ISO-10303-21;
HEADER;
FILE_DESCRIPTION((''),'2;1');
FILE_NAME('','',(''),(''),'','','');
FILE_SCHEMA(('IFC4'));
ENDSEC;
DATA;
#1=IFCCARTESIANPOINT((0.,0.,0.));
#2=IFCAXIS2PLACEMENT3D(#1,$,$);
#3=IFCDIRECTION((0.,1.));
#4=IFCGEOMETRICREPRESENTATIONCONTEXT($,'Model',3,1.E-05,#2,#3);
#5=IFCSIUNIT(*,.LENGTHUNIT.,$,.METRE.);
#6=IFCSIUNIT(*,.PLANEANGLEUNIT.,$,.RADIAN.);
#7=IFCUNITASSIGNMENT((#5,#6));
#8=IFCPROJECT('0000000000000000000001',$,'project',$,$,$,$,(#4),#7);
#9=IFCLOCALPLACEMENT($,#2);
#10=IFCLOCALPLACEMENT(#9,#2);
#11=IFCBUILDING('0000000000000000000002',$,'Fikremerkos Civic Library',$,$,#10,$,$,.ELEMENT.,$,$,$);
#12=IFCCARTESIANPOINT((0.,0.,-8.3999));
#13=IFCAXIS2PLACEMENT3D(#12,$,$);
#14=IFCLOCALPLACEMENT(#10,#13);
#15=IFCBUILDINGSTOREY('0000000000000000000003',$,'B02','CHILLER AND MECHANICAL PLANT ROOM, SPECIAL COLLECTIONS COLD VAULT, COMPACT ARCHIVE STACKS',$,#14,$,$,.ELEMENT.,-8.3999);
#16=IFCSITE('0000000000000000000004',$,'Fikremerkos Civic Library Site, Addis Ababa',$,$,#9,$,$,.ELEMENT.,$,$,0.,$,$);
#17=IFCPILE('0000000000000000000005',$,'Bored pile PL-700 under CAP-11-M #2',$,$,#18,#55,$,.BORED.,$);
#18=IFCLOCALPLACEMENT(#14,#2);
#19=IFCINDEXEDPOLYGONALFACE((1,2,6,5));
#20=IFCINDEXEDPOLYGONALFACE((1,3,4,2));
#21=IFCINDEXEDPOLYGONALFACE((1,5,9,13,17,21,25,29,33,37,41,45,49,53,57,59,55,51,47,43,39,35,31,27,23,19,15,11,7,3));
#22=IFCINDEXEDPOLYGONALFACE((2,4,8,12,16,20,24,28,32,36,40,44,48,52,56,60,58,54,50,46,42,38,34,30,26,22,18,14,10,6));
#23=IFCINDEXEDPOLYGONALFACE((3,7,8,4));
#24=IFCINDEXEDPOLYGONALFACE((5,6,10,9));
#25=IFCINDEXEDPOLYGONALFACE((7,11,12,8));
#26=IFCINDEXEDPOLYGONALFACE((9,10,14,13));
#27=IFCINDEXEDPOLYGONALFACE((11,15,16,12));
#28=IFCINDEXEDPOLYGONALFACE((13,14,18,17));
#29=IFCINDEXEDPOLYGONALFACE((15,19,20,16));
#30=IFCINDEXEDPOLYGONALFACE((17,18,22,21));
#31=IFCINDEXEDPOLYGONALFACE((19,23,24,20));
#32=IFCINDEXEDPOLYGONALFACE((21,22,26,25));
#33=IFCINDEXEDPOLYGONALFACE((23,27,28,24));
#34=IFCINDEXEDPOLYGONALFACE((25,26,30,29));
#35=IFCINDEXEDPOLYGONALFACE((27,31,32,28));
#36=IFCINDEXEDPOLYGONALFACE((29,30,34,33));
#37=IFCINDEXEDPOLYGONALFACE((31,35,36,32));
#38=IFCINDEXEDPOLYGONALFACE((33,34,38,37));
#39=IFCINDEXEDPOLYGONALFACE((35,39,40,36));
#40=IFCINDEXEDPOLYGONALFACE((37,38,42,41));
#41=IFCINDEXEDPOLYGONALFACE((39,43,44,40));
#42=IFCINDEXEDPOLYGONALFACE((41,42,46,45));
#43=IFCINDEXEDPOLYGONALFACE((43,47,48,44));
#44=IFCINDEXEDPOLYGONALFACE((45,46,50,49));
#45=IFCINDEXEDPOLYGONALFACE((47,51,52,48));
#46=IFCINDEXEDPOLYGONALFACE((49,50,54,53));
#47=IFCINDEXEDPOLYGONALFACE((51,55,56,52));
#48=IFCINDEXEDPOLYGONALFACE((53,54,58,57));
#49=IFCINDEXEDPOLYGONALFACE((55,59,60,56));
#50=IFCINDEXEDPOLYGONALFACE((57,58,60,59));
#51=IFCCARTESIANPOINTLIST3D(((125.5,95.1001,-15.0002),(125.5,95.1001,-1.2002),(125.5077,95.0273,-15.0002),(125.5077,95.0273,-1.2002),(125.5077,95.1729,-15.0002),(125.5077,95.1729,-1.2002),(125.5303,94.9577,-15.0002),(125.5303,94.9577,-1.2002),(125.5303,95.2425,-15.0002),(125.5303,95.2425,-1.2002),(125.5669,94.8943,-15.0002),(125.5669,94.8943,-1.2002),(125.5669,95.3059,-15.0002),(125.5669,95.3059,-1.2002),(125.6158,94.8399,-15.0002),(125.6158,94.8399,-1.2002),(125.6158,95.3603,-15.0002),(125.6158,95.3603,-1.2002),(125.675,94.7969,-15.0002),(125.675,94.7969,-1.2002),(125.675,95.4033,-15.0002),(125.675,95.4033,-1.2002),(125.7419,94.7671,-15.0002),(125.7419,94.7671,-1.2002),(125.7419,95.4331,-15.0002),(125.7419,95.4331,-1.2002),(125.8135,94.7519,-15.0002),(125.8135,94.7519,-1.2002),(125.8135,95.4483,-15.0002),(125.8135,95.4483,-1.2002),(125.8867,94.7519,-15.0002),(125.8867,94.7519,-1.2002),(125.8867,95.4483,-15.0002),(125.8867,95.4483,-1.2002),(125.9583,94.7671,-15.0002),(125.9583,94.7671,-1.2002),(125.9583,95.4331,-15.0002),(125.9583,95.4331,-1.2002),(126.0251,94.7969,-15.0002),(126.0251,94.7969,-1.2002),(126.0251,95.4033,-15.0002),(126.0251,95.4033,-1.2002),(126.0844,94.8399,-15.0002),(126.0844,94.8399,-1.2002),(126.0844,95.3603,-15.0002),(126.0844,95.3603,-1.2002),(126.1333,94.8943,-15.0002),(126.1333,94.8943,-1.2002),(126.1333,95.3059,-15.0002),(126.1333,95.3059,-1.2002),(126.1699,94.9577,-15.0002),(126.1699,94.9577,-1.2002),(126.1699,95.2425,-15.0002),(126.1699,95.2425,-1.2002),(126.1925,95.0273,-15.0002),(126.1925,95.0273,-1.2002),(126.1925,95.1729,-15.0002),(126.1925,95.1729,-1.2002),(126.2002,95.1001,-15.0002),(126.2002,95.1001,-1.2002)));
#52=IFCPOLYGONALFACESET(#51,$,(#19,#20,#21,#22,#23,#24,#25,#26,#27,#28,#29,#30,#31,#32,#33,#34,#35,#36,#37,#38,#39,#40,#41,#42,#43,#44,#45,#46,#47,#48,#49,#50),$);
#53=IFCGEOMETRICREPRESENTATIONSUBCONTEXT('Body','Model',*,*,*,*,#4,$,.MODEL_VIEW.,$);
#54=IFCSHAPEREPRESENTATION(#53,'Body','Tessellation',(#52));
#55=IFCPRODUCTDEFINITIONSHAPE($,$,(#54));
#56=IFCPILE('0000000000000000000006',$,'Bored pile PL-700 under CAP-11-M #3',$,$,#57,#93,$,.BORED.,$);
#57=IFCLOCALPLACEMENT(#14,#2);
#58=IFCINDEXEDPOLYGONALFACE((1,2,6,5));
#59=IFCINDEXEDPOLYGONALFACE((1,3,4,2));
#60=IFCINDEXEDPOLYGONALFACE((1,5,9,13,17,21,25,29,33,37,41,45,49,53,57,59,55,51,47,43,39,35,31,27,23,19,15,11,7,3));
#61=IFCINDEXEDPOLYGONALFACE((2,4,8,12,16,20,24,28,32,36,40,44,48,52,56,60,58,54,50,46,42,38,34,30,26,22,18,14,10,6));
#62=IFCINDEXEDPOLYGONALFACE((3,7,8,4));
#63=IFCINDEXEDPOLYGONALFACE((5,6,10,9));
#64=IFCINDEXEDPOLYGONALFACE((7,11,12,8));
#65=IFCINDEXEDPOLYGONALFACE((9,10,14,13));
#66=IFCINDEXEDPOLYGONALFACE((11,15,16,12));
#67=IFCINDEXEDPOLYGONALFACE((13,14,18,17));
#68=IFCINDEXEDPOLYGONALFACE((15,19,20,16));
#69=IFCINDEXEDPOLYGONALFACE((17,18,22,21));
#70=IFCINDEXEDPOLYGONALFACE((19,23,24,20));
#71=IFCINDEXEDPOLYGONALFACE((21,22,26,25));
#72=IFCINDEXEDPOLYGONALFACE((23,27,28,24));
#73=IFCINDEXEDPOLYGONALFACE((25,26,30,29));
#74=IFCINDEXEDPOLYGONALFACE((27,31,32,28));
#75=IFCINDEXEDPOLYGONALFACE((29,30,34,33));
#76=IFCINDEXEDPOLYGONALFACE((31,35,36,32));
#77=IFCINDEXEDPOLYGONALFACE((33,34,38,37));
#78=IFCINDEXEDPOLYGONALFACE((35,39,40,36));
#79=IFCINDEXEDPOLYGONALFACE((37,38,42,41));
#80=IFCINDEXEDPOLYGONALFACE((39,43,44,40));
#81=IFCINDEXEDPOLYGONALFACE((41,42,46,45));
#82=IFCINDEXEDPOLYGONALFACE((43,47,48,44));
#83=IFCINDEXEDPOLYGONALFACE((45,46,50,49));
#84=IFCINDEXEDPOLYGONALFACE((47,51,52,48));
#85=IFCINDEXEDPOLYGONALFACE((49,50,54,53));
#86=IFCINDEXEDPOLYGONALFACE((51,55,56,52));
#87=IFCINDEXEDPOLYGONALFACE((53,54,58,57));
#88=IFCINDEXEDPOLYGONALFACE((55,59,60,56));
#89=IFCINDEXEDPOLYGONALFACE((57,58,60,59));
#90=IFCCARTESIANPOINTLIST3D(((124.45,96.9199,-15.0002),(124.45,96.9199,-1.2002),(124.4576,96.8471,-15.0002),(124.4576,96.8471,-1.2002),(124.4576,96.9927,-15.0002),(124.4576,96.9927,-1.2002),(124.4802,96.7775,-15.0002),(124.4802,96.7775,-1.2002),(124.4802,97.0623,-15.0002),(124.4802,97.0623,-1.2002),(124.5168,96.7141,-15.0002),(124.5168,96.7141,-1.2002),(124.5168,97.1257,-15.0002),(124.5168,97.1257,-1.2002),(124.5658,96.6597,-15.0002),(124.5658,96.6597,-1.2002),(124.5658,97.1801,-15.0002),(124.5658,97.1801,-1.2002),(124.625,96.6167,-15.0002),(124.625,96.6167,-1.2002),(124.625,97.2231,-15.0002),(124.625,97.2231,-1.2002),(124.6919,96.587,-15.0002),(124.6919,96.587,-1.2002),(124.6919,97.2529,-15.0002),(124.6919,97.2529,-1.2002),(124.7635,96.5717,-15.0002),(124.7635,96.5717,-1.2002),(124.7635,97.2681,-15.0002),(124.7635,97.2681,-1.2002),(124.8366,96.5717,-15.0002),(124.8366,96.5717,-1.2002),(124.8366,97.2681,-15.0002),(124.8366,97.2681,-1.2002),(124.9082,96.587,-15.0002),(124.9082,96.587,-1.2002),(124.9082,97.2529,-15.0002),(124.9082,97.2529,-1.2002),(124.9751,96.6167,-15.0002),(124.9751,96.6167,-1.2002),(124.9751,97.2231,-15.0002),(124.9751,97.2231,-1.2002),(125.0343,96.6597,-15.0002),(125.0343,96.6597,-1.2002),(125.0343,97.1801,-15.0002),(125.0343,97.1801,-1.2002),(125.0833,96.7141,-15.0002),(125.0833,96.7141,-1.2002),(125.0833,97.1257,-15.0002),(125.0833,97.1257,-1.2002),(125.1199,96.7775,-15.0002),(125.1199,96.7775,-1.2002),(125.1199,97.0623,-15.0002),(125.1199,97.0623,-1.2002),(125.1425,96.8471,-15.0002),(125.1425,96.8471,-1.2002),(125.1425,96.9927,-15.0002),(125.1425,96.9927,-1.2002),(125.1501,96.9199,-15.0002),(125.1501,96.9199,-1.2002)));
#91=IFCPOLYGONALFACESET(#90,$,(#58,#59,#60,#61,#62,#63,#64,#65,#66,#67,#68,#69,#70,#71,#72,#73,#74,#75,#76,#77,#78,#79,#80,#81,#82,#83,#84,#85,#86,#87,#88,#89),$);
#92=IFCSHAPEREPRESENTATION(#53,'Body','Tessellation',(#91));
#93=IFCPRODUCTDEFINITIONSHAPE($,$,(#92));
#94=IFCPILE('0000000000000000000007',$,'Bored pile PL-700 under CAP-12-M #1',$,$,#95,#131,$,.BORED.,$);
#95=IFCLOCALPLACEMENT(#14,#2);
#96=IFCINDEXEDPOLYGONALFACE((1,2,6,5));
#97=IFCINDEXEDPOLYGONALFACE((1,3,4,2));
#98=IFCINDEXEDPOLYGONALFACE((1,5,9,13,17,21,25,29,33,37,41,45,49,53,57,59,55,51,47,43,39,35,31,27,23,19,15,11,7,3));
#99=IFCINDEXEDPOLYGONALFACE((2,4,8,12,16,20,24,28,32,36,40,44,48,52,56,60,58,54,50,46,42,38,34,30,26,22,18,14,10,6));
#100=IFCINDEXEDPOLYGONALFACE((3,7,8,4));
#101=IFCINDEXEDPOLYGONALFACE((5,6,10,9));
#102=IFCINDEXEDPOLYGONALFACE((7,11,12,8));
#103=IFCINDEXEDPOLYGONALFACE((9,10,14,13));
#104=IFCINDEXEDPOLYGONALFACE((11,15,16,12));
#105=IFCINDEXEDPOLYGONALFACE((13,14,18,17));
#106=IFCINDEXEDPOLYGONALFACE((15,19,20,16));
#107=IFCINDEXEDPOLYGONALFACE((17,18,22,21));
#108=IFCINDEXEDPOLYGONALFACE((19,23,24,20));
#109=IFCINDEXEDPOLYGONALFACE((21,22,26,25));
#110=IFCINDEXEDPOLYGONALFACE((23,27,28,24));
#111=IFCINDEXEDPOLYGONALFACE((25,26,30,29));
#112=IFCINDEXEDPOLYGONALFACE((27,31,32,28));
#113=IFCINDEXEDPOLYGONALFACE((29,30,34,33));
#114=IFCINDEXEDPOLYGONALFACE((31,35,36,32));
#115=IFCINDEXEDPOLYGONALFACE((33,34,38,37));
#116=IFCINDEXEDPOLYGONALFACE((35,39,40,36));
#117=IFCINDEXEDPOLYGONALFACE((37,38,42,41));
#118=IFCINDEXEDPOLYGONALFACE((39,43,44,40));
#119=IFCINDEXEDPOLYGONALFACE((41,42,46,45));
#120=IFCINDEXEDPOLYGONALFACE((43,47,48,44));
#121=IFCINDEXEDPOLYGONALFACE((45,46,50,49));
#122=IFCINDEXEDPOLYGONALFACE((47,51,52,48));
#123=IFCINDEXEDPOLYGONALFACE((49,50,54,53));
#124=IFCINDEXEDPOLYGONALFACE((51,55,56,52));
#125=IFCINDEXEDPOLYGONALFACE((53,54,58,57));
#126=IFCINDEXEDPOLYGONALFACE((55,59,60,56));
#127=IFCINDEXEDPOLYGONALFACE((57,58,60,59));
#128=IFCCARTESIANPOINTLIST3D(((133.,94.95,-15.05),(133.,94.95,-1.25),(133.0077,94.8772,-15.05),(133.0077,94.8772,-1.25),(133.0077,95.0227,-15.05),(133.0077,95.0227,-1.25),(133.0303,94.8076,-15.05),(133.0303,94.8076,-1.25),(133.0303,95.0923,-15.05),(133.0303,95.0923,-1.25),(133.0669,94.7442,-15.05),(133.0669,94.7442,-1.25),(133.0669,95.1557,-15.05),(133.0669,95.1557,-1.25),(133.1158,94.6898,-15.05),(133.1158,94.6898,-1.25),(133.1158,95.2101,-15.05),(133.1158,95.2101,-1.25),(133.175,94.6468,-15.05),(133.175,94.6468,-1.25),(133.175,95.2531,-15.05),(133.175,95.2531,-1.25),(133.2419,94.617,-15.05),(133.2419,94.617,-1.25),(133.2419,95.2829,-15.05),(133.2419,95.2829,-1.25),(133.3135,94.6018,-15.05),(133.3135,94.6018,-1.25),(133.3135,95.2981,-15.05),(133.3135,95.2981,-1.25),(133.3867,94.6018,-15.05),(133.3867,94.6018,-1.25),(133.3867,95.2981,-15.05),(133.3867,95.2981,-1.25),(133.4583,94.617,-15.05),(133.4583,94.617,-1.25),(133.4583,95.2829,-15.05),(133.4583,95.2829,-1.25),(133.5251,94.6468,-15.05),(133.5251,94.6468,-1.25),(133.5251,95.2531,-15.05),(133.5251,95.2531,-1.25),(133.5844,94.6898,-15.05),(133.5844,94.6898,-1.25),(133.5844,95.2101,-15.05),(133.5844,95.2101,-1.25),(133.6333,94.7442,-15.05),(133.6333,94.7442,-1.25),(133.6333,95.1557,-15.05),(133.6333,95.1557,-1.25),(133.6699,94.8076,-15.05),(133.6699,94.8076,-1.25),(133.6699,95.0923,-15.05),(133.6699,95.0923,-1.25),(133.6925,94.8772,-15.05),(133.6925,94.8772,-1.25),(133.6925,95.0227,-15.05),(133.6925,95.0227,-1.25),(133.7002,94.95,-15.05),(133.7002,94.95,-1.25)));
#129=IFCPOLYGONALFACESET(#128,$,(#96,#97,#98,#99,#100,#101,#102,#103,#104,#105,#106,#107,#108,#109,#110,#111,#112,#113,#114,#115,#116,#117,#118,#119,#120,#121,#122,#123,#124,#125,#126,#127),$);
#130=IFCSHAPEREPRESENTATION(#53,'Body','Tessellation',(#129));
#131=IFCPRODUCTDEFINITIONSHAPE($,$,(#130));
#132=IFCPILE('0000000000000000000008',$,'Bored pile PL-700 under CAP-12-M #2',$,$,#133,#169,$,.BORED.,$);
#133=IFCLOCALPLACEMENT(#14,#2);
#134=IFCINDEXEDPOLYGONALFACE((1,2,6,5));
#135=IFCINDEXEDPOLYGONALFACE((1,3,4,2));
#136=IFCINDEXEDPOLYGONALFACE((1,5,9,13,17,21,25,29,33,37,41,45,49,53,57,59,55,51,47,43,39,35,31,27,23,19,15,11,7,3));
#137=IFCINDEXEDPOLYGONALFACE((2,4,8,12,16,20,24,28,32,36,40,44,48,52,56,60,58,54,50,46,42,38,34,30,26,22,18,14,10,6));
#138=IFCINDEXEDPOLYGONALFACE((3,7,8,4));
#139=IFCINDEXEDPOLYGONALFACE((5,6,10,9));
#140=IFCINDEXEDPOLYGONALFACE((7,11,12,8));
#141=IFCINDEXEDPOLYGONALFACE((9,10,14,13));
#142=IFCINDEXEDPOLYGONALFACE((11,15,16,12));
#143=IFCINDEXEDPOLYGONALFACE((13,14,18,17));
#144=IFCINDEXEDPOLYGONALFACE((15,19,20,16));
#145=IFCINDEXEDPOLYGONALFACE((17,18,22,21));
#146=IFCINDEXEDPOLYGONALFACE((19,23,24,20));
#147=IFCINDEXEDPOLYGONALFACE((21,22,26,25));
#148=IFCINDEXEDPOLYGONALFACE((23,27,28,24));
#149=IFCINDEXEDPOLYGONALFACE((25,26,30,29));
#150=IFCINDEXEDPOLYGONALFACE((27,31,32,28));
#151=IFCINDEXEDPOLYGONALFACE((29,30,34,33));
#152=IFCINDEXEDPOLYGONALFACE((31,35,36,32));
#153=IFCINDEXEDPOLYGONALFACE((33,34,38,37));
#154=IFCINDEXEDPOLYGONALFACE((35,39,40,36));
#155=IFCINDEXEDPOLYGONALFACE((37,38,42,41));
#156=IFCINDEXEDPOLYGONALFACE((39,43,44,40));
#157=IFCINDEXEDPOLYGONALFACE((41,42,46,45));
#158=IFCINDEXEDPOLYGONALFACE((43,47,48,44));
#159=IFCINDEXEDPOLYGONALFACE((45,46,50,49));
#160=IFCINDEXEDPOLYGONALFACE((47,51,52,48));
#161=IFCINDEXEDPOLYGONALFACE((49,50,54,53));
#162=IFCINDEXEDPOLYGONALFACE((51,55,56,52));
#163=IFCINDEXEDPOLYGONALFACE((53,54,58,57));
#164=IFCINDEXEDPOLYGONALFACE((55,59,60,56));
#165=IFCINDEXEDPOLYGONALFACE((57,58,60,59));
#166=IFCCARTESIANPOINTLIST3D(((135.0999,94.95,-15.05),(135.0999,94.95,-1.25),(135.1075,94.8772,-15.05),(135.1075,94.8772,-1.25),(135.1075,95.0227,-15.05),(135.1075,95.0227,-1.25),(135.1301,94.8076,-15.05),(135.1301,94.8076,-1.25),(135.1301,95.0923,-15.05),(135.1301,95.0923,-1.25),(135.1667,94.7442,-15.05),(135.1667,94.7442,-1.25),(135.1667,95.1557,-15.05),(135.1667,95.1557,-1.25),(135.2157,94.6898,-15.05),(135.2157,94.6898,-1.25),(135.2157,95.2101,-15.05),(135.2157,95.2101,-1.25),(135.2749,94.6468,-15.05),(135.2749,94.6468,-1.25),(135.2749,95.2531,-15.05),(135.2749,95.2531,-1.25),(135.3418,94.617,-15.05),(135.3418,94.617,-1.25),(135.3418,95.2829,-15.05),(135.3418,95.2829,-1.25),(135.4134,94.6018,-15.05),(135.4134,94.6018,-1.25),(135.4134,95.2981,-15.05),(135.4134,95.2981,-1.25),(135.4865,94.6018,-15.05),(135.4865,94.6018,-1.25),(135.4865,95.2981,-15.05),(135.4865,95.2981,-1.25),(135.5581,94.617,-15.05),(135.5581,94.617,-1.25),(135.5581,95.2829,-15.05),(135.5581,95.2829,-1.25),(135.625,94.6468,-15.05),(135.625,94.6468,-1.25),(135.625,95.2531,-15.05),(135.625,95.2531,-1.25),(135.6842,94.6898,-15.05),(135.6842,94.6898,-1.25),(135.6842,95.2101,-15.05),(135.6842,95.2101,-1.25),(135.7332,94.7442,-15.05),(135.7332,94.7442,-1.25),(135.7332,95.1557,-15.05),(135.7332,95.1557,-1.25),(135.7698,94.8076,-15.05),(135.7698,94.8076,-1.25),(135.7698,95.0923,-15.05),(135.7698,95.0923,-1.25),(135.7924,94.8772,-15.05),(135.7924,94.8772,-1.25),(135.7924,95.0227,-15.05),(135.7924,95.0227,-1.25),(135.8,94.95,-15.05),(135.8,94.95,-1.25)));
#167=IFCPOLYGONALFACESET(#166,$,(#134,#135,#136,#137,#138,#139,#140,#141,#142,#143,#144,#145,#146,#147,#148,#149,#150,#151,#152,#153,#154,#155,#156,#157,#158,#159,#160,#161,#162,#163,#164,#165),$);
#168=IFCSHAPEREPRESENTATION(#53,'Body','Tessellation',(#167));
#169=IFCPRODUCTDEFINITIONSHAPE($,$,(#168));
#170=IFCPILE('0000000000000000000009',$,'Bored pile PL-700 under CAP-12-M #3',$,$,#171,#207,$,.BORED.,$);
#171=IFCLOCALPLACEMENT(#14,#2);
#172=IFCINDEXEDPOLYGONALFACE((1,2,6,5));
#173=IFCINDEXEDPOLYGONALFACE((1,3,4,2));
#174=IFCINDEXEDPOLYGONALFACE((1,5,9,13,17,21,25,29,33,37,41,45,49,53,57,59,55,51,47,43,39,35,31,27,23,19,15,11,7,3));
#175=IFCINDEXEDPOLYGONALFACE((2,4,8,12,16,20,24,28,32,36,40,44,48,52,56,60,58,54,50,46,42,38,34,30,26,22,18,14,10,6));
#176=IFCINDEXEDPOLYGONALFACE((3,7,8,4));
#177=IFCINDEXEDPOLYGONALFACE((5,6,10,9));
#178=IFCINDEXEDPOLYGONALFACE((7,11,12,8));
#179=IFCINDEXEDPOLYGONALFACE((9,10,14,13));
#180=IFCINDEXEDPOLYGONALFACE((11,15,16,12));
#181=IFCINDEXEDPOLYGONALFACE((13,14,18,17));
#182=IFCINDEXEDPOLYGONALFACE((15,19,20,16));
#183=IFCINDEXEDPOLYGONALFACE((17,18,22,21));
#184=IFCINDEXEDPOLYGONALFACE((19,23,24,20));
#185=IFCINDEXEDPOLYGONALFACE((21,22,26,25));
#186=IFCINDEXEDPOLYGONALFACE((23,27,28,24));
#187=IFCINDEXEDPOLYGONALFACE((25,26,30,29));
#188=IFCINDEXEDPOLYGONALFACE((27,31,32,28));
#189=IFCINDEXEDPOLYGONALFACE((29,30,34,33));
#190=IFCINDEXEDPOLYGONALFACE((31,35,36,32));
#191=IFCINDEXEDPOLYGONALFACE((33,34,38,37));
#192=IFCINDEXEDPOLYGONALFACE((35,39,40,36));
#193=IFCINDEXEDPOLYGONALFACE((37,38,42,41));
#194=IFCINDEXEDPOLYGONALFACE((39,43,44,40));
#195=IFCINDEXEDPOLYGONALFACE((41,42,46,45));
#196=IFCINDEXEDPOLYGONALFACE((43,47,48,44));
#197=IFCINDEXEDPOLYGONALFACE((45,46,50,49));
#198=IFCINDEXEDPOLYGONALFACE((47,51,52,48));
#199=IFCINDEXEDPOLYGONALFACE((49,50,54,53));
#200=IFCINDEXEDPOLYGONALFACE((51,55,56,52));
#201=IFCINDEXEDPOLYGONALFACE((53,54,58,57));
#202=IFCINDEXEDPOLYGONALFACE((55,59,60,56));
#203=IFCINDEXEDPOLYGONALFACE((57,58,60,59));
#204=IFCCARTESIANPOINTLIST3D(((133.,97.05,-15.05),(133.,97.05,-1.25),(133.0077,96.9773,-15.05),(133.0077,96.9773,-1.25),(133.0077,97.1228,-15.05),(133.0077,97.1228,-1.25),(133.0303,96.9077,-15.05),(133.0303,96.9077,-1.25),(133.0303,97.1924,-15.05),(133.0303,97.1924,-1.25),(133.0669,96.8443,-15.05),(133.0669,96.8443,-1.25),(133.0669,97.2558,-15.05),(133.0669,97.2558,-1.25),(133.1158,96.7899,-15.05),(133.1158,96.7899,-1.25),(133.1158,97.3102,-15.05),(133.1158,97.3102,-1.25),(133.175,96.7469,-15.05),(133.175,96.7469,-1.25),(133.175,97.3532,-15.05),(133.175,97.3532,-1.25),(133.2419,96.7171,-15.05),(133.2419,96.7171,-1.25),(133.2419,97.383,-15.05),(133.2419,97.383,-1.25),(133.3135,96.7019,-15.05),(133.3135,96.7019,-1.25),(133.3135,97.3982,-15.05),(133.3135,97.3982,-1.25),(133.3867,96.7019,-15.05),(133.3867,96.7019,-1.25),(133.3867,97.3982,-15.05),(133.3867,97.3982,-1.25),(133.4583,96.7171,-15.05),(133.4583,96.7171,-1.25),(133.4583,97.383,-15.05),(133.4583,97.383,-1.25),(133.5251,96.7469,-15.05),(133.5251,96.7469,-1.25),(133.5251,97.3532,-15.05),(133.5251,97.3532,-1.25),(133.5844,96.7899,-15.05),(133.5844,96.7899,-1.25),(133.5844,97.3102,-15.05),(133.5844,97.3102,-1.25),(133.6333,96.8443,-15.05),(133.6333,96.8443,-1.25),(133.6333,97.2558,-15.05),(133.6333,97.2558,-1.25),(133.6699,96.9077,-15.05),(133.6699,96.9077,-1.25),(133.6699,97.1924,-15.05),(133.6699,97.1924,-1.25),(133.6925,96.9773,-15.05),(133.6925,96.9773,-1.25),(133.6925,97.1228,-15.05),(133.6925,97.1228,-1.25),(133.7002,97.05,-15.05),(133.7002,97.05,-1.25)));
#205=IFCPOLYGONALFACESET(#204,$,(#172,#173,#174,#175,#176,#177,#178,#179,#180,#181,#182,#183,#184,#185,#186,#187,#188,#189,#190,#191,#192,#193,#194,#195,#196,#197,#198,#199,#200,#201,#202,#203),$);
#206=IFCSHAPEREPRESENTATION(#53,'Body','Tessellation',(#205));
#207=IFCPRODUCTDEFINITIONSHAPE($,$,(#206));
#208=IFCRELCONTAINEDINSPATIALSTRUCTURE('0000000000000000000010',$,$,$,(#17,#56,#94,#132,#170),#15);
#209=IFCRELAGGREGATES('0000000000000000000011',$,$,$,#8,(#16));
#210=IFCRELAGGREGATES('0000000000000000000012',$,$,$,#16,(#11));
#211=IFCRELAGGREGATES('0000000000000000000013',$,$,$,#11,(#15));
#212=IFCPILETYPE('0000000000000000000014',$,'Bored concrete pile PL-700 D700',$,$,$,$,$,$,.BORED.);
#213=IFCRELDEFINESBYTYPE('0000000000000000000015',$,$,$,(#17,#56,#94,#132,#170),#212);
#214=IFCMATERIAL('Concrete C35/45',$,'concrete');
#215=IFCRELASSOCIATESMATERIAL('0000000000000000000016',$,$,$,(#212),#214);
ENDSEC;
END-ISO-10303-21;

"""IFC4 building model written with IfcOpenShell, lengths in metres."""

from ifc_helpers import new_model, si_unit, direction, frame, origin, origin_2d, place, context, subcontext, project, spatial, circle, extrude, material, material_profile, profile_set, type_object, element, save


model = new_model("IFC4")

# Units and contexts
model_context = context("Model", 3, precision=1e-05, world=origin(), true_north=direction((0.0, 1.0)))
body_context = subcontext(model_context, "Body", "Model", "MODEL_VIEW")
ifc_project = project(units=[si_unit("LENGTHUNIT", "METRE"), si_unit("PLANEANGLEUNIT", "RADIAN")], contexts=[model_context])

# Site, building, storey
site_placement = place(None, origin())
site = spatial("IfcSite", under=ifc_project, at=site_placement, Name="Fikremerkos Civic Library Site, Addis Ababa", CompositionType="ELEMENT", RefElevation=0.0)
building_placement = place(site_placement, origin())
building = spatial("IfcBuilding", under=site, at=building_placement, Name="Fikremerkos Civic Library", CompositionType="ELEMENT")
storey_placement = place(building_placement, frame((0.0, 0.0, -8.3999)))
storey = spatial("IfcBuildingStorey", under=building, at=storey_placement, Name="B02", Description="CHILLER AND MECHANICAL PLANT ROOM, SPECIAL COLLECTIONS COLD VAULT, COMPACT ARCHIVE STACKS", CompositionType="ELEMENT", Elevation=-8.3999)

# Piles
ifc_material_1 = material(Name="Concrete C35/45", Category="concrete")
ifc_material_profile_1 = material_profile(ifc_material_1, circle(Radius=0.3501, at=origin_2d()), Name="BORED PILE 700")
ifc_profile_set_1 = profile_set([ifc_material_profile_1], Name="Concrete C35/45")
pile_type_1 = type_object("IfcPileType", Name="Bored concrete pile PL-700 D700", PredefinedType="BORED", material=ifc_profile_set_1)
for number, where, z_axis, x_axis, name in (
    (1, (125.8501, 95.1001, -1.2002), (0.0, 0.0, -1.0), (1.0, 0.0, 0.0), "Bored pile PL-700 under CAP-11-M #2"),
    (2, (124.8, 96.9199, -1.2002), (0.0, 0.0, -1.0), (1.0, 0.0, 0.0), "Bored pile PL-700 under CAP-11-M #3"),
    (3, (133.3501, 94.95, -1.25), (0.0, 0.0, -1.0), (1.0, 0.0, 0.0), "Bored pile PL-700 under CAP-12-M #1"),
    (4, (135.45, 94.95, -1.25), (0.0, 0.0, -1.0), (1.0, 0.0, 0.0), "Bored pile PL-700 under CAP-12-M #2"),
    (5, (133.3501, 97.05, -1.25), (0.0, 0.0, -1.0), (1.0, 0.0, 0.0), "Bored pile PL-700 under CAP-12-M #3"),
):
    element("IfcPile", number, at=place(storey_placement, frame(where, z_axis=z_axis, x_axis=x_axis)), inside=storey, type_object=pile_type_1, Name=name, PredefinedType="BORED", context=body_context, shape_type="SweptSolid", body=[
        extrude(circle(Radius=0.3501, at=origin_2d()), origin(), (0.0, 0.0, 1.0), 13.8),
    ])

save(model, "model.ifc")
